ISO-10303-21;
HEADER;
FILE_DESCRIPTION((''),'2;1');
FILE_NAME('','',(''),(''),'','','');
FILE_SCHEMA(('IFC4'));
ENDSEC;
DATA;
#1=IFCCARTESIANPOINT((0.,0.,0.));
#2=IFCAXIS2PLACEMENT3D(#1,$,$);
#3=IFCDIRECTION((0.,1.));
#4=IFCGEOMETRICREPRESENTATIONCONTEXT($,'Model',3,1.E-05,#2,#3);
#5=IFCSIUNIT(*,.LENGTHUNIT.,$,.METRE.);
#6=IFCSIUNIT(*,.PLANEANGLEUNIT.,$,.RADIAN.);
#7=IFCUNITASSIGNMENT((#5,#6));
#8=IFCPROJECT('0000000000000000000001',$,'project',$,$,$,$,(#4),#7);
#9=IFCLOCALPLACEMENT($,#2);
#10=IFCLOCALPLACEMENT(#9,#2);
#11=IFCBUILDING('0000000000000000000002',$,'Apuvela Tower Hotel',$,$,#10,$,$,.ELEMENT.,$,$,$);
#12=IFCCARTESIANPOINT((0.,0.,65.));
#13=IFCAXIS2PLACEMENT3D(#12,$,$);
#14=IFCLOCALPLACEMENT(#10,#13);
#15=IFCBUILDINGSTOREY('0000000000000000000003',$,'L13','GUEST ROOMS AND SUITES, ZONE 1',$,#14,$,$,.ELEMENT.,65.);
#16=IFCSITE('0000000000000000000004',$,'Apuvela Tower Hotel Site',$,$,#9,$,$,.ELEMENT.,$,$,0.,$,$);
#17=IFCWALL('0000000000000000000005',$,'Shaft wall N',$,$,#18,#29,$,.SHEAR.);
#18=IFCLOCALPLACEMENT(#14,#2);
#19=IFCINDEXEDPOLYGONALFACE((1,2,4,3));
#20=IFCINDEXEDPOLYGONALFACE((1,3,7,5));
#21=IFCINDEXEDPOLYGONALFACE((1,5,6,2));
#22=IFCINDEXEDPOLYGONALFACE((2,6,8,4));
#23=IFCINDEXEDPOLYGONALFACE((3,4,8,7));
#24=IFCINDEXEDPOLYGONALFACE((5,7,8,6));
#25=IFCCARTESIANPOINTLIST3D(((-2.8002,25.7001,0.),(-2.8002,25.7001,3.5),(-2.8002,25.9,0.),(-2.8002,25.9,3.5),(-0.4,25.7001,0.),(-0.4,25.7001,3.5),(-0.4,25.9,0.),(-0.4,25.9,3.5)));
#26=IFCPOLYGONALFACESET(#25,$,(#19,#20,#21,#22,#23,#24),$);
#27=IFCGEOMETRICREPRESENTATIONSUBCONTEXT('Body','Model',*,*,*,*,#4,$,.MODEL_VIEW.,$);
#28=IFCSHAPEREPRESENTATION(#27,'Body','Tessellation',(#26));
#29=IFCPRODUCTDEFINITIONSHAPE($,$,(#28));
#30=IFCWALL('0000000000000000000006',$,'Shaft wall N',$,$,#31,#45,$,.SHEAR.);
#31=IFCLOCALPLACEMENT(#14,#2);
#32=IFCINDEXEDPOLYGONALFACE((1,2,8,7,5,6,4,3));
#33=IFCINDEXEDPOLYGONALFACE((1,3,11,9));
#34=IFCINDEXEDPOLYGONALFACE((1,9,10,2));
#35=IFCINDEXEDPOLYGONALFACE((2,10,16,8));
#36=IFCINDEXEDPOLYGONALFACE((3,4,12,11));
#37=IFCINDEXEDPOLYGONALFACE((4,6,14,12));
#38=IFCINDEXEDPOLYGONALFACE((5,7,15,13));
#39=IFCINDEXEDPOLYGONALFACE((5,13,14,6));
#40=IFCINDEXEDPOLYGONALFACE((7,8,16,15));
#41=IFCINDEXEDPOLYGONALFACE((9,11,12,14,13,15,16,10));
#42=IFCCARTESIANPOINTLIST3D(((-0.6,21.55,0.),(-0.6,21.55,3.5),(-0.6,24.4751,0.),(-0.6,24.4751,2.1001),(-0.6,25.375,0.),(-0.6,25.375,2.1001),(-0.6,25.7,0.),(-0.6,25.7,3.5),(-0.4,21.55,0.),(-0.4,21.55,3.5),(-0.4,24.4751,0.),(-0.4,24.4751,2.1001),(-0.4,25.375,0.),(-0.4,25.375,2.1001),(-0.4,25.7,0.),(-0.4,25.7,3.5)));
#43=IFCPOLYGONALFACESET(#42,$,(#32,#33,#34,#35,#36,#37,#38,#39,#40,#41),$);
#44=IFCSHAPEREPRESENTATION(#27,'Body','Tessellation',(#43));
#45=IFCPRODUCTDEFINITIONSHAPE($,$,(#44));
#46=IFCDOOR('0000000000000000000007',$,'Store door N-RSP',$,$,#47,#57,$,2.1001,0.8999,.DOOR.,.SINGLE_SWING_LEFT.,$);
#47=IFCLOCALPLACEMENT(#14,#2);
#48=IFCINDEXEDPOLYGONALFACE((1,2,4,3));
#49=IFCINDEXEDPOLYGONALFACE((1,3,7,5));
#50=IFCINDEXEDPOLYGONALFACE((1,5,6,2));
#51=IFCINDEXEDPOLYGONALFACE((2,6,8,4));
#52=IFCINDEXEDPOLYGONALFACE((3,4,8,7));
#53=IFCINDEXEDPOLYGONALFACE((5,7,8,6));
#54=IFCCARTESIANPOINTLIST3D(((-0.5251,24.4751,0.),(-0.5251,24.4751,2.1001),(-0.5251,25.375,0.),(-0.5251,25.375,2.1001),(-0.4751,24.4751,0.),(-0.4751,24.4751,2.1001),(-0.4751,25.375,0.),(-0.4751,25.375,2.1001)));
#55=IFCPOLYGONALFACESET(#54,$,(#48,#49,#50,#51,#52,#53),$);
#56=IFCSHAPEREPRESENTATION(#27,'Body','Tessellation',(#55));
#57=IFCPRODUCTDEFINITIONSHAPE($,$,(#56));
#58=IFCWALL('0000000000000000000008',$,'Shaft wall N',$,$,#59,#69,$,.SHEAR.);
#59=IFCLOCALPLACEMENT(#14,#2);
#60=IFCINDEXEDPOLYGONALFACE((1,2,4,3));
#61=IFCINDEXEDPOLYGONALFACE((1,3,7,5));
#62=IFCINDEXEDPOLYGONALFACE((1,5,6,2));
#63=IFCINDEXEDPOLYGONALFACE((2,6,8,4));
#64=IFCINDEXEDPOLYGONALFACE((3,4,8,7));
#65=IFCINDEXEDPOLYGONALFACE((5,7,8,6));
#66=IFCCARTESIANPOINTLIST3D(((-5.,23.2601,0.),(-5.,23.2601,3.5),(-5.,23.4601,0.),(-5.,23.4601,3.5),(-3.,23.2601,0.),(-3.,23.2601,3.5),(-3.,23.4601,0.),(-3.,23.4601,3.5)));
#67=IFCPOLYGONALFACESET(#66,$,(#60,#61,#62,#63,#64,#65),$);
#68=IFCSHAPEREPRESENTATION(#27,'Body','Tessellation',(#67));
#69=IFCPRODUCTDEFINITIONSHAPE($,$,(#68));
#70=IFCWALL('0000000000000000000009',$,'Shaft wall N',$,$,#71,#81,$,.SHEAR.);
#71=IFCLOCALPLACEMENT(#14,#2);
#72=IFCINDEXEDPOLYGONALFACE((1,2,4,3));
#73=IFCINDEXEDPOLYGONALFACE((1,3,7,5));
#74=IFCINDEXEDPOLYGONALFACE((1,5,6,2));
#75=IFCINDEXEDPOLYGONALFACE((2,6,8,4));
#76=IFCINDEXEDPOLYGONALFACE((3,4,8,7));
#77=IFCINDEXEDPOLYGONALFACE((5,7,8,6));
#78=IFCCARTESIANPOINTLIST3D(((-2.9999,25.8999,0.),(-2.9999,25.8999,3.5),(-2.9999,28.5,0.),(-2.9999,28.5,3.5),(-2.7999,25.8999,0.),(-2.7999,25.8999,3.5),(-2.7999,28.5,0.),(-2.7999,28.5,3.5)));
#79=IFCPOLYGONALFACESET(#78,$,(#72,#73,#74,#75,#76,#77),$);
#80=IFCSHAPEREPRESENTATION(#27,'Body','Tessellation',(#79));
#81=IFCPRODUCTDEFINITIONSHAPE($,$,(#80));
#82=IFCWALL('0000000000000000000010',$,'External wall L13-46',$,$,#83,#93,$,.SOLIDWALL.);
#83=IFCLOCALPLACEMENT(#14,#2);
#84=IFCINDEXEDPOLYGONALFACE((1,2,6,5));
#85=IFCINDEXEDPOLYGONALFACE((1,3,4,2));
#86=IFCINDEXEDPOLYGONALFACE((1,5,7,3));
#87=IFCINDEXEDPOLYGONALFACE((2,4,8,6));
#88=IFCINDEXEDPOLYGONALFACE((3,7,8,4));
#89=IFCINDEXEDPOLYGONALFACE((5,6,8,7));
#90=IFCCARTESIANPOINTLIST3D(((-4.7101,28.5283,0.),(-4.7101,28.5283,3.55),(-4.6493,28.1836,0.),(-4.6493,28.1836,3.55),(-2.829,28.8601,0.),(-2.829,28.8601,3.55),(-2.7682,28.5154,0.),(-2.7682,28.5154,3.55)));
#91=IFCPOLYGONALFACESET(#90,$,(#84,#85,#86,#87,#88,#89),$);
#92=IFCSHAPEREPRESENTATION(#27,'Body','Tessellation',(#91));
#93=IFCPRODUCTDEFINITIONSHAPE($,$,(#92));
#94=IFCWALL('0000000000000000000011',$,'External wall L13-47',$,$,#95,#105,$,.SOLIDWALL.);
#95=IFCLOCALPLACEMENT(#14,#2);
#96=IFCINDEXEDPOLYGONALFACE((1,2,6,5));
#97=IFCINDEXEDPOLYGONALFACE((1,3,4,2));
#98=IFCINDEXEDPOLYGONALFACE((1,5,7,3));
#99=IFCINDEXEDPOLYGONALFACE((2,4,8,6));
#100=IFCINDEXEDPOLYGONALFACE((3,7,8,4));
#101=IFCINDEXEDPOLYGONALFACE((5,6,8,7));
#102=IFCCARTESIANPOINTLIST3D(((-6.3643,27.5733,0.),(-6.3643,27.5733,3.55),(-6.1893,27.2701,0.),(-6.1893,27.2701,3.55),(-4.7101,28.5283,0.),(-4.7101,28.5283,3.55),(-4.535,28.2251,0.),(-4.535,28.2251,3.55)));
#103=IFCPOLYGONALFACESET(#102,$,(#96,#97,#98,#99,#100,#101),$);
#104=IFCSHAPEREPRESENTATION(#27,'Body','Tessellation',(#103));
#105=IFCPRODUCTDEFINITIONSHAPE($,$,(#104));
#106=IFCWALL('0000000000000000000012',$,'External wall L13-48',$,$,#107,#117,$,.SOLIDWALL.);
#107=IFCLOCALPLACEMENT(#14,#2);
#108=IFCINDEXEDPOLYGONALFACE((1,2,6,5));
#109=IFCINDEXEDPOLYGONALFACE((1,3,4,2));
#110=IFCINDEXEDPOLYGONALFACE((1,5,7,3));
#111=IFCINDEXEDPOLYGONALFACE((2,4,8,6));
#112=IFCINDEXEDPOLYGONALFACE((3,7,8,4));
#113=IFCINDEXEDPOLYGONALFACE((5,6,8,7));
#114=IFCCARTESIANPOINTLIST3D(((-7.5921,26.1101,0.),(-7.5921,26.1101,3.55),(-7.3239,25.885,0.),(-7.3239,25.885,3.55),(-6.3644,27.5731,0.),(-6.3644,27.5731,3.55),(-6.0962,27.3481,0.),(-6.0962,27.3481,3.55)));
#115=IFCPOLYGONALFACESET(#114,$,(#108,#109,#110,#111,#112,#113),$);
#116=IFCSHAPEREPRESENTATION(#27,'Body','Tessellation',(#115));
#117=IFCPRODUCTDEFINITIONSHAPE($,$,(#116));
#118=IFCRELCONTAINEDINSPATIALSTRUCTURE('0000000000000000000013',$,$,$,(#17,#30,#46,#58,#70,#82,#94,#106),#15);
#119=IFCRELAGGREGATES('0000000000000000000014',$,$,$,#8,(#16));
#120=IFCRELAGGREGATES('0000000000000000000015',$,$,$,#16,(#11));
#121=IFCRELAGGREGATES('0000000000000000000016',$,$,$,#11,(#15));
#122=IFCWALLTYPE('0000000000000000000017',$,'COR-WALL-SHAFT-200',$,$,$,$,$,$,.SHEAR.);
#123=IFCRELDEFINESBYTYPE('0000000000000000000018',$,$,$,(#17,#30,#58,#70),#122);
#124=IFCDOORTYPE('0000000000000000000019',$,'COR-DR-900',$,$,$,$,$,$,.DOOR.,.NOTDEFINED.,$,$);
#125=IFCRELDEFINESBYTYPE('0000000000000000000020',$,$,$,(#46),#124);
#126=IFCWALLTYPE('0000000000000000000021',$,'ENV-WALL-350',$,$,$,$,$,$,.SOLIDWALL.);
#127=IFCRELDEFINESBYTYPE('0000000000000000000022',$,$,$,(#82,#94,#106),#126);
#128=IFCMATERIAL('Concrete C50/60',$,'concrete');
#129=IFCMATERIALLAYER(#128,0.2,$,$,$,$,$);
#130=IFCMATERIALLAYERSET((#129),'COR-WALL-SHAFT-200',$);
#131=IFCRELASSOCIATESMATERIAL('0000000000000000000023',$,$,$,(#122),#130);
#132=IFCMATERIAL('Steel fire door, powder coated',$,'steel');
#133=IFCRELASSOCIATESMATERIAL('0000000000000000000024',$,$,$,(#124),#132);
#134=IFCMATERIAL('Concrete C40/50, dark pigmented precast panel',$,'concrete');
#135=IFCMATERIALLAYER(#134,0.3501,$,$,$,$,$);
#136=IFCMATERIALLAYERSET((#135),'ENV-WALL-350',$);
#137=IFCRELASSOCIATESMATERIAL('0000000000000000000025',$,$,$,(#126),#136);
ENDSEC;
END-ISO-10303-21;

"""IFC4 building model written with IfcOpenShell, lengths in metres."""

from ifc_helpers import new_model, si_unit, direction, frame, frame_2d, origin, place, context, subcontext, project, spatial, rectangle, extrude, material, layer, layer_set, type_object, element, fill, save


model = new_model("IFC4")

# Units and contexts
model_context = context("Model", 3, precision=1e-05, world=origin(), true_north=direction((0.0, 1.0)))
body_context = subcontext(model_context, "Body", "Model", "MODEL_VIEW")
ifc_project = project(units=[si_unit("LENGTHUNIT", "METRE"), si_unit("PLANEANGLEUNIT", "RADIAN")], contexts=[model_context])

# Site, building, storey
site_placement = place(None, origin())
site = spatial("IfcSite", under=ifc_project, at=site_placement, Name="Apuvela Tower Hotel Site", CompositionType="ELEMENT", RefElevation=0.0)
building_placement = place(site_placement, origin())
building = spatial("IfcBuilding", under=site, at=building_placement, Name="Apuvela Tower Hotel", CompositionType="ELEMENT")
storey_placement = place(building_placement, frame((0.0, 0.0, 65.0)))
storey = spatial("IfcBuildingStorey", under=building, at=storey_placement, Name="L13", Description="GUEST ROOMS AND SUITES, ZONE 1", CompositionType="ELEMENT", Elevation=65.0)

# Wall
ifc_material_1 = material(Name="Concrete C50/60", Category="concrete")
ifc_layer_1 = layer(ifc_material_1, 0.2)
ifc_layer_set_1 = layer_set([ifc_layer_1], Name="COR-WALL-SHAFT-200")
wall_type_1 = type_object("IfcWallType", Name="COR-WALL-SHAFT-200", PredefinedType="SHEAR", material=ifc_layer_set_1)
wall_1_placement = place(storey_placement, frame((-0.3999, 25.8, 0.0), z_axis=(0.0, 0.0, 1.0), x_axis=(-1.0, 0.0, 0.0)))
element("IfcWall", 1, at=wall_1_placement, inside=storey, type_object=wall_type_1, Name="Shaft wall N", PredefinedType="SHEAR", context=body_context, shape_type="SweptSolid", body=[
    extrude(rectangle(XDim=2.4001, YDim=0.2, at=frame_2d((1.2002, 0.0))), origin(), (0.0, 0.0, 1.0), 3.5),
])

# Wall, opening, door
wall_2_placement = place(storey_placement, frame((-0.5, 21.55, 0.0), z_axis=(0.0, 0.0, 1.0), x_axis=(0.0, 1.0, 0.0)))
wall_2 = element("IfcWall", 2, at=wall_2_placement, inside=storey, type_object=wall_type_1, Name="Shaft wall N", PredefinedType="SHEAR", context=body_context, shape_type="SweptSolid", body=[
    extrude(rectangle(XDim=4.1499, YDim=0.2, at=frame_2d((2.075, 0.0))), origin(), (0.0, 0.0, 1.0), 3.5),
])
opening_1_placement = place(wall_2_placement, frame((2.925, 0.0, 0.0)))
opening_1 = element("IfcOpeningElement", 3, at=opening_1_placement, cuts=wall_2, PredefinedType="OPENING", context=body_context, shape_type="SweptSolid", body=[
    extrude(rectangle(XDim=0.8999, YDim=2.1001, at=frame_2d((0.45, 1.05))), frame((0.0, 0.1099, 0.0), z_axis=(0.0, -1.0, 0.0), x_axis=(1.0, 0.0, 0.0)), (0.0, 0.0, 1.0), 0.22),
])
ifc_material_2 = material(Name="Steel fire door, powder coated", Category="steel")
door_type_1 = type_object("IfcDoorType", Name="COR-DR-900", OperationType="NOTDEFINED", PredefinedType="DOOR", material=ifc_material_2)
door_1_placement = place(opening_1_placement, frame((0.8999, 0.0, 0.0), z_axis=(0.0, 0.0, 1.0), x_axis=(-1.0, 0.0, 0.0)))
door_1 = element("IfcDoor", 4, at=door_1_placement, inside=storey, type_object=door_type_1, Name="Store door N-RSP", OperationType="SINGLE_SWING_LEFT", OverallHeight=2.1001, OverallWidth=0.8999, PredefinedType="DOOR", context=body_context, shape_type="SweptSolid", body=[
    extrude(rectangle(XDim=0.8999, YDim=2.1001, at=frame_2d((0.45, 1.05))), frame((0.0, 0.0249, 0.0), z_axis=(0.0, -1.0, 0.0), x_axis=(1.0, 0.0, 0.0)), (0.0, 0.0, 1.0), 0.05),
])
fill(opening_1, door_1)

# Walls
wall_3_placement = place(storey_placement, frame((-3.0, 23.3601, 0.0), z_axis=(0.0, 0.0, 1.0), x_axis=(-1.0, 0.0, 0.0)))
element("IfcWall", 5, at=wall_3_placement, inside=storey, type_object=wall_type_1, Name="Shaft wall N", PredefinedType="SHEAR", context=body_context, shape_type="SweptSolid", body=[
    extrude(rectangle(XDim=2.0, YDim=0.2, at=frame_2d((1.0, 0.0))), origin(), (0.0, 0.0, 1.0), 3.5),
])
wall_4_placement = place(storey_placement, frame((-2.8999, 25.8999, 0.0), z_axis=(0.0, 0.0, 1.0), x_axis=(0.0, 1.0, 0.0)))
element("IfcWall", 6, at=wall_4_placement, inside=storey, type_object=wall_type_1, Name="Shaft wall N", PredefinedType="SHEAR", context=body_context, shape_type="SweptSolid", body=[
    extrude(rectangle(XDim=2.6001, YDim=0.2, at=frame_2d((1.3, 0.0))), origin(), (0.0, 0.0, 1.0), 3.5),
])

# Shared definitions
ifc_material_3 = material(Name="Concrete C40/50, dark pigmented precast panel", Category="concrete")
ifc_layer_2 = layer(ifc_material_3, 0.3501)
ifc_layer_set_2 = layer_set([ifc_layer_2], Name="ENV-WALL-350")
wall_type_2 = type_object("IfcWallType", Name="ENV-WALL-350", PredefinedType="SOLIDWALL", material=ifc_layer_set_2)

# Walls
for number, where, z_axis, x_axis, name in (
    (7, (-2.7986, 28.6877, 0.0), (0.0, 0.0, 1.0), (-0.984799, -0.173698, 0.0), "External wall L13-46"),
    (8, (-4.6226, 28.3767, 0.0), (0.0, 0.0, 1.0), (-0.866032, -0.499988, 0.0), "External wall L13-47"),
):
    element("IfcWall", number, at=place(storey_placement, frame(where, z_axis=z_axis, x_axis=x_axis)), inside=storey, type_object=wall_type_2, Name=name, PredefinedType="SOLIDWALL", context=body_context, shape_type="SweptSolid", body=[
        extrude(rectangle(XDim=1.9102, YDim=0.3501, at=frame_2d((0.9551, 0.0))), origin(), (0.0, 0.0, 1.0), 3.55),
    ])
wall_5_placement = place(storey_placement, frame((-6.2302, 27.4607, 0.0), z_axis=(0.0, 0.0, 1.0), x_axis=(-0.642808, -0.766027, 0.0)))
element("IfcWall", 9, at=wall_5_placement, inside=storey, type_object=wall_type_2, Name="External wall L13-48", PredefinedType="SOLIDWALL", context=body_context, shape_type="SweptSolid", body=[
    extrude(rectangle(XDim=1.9099, YDim=0.3501, at=frame_2d((0.9551, 0.0))), origin(), (0.0, 0.0, 1.0), 3.55),
])

save(model, "model.ifc")
